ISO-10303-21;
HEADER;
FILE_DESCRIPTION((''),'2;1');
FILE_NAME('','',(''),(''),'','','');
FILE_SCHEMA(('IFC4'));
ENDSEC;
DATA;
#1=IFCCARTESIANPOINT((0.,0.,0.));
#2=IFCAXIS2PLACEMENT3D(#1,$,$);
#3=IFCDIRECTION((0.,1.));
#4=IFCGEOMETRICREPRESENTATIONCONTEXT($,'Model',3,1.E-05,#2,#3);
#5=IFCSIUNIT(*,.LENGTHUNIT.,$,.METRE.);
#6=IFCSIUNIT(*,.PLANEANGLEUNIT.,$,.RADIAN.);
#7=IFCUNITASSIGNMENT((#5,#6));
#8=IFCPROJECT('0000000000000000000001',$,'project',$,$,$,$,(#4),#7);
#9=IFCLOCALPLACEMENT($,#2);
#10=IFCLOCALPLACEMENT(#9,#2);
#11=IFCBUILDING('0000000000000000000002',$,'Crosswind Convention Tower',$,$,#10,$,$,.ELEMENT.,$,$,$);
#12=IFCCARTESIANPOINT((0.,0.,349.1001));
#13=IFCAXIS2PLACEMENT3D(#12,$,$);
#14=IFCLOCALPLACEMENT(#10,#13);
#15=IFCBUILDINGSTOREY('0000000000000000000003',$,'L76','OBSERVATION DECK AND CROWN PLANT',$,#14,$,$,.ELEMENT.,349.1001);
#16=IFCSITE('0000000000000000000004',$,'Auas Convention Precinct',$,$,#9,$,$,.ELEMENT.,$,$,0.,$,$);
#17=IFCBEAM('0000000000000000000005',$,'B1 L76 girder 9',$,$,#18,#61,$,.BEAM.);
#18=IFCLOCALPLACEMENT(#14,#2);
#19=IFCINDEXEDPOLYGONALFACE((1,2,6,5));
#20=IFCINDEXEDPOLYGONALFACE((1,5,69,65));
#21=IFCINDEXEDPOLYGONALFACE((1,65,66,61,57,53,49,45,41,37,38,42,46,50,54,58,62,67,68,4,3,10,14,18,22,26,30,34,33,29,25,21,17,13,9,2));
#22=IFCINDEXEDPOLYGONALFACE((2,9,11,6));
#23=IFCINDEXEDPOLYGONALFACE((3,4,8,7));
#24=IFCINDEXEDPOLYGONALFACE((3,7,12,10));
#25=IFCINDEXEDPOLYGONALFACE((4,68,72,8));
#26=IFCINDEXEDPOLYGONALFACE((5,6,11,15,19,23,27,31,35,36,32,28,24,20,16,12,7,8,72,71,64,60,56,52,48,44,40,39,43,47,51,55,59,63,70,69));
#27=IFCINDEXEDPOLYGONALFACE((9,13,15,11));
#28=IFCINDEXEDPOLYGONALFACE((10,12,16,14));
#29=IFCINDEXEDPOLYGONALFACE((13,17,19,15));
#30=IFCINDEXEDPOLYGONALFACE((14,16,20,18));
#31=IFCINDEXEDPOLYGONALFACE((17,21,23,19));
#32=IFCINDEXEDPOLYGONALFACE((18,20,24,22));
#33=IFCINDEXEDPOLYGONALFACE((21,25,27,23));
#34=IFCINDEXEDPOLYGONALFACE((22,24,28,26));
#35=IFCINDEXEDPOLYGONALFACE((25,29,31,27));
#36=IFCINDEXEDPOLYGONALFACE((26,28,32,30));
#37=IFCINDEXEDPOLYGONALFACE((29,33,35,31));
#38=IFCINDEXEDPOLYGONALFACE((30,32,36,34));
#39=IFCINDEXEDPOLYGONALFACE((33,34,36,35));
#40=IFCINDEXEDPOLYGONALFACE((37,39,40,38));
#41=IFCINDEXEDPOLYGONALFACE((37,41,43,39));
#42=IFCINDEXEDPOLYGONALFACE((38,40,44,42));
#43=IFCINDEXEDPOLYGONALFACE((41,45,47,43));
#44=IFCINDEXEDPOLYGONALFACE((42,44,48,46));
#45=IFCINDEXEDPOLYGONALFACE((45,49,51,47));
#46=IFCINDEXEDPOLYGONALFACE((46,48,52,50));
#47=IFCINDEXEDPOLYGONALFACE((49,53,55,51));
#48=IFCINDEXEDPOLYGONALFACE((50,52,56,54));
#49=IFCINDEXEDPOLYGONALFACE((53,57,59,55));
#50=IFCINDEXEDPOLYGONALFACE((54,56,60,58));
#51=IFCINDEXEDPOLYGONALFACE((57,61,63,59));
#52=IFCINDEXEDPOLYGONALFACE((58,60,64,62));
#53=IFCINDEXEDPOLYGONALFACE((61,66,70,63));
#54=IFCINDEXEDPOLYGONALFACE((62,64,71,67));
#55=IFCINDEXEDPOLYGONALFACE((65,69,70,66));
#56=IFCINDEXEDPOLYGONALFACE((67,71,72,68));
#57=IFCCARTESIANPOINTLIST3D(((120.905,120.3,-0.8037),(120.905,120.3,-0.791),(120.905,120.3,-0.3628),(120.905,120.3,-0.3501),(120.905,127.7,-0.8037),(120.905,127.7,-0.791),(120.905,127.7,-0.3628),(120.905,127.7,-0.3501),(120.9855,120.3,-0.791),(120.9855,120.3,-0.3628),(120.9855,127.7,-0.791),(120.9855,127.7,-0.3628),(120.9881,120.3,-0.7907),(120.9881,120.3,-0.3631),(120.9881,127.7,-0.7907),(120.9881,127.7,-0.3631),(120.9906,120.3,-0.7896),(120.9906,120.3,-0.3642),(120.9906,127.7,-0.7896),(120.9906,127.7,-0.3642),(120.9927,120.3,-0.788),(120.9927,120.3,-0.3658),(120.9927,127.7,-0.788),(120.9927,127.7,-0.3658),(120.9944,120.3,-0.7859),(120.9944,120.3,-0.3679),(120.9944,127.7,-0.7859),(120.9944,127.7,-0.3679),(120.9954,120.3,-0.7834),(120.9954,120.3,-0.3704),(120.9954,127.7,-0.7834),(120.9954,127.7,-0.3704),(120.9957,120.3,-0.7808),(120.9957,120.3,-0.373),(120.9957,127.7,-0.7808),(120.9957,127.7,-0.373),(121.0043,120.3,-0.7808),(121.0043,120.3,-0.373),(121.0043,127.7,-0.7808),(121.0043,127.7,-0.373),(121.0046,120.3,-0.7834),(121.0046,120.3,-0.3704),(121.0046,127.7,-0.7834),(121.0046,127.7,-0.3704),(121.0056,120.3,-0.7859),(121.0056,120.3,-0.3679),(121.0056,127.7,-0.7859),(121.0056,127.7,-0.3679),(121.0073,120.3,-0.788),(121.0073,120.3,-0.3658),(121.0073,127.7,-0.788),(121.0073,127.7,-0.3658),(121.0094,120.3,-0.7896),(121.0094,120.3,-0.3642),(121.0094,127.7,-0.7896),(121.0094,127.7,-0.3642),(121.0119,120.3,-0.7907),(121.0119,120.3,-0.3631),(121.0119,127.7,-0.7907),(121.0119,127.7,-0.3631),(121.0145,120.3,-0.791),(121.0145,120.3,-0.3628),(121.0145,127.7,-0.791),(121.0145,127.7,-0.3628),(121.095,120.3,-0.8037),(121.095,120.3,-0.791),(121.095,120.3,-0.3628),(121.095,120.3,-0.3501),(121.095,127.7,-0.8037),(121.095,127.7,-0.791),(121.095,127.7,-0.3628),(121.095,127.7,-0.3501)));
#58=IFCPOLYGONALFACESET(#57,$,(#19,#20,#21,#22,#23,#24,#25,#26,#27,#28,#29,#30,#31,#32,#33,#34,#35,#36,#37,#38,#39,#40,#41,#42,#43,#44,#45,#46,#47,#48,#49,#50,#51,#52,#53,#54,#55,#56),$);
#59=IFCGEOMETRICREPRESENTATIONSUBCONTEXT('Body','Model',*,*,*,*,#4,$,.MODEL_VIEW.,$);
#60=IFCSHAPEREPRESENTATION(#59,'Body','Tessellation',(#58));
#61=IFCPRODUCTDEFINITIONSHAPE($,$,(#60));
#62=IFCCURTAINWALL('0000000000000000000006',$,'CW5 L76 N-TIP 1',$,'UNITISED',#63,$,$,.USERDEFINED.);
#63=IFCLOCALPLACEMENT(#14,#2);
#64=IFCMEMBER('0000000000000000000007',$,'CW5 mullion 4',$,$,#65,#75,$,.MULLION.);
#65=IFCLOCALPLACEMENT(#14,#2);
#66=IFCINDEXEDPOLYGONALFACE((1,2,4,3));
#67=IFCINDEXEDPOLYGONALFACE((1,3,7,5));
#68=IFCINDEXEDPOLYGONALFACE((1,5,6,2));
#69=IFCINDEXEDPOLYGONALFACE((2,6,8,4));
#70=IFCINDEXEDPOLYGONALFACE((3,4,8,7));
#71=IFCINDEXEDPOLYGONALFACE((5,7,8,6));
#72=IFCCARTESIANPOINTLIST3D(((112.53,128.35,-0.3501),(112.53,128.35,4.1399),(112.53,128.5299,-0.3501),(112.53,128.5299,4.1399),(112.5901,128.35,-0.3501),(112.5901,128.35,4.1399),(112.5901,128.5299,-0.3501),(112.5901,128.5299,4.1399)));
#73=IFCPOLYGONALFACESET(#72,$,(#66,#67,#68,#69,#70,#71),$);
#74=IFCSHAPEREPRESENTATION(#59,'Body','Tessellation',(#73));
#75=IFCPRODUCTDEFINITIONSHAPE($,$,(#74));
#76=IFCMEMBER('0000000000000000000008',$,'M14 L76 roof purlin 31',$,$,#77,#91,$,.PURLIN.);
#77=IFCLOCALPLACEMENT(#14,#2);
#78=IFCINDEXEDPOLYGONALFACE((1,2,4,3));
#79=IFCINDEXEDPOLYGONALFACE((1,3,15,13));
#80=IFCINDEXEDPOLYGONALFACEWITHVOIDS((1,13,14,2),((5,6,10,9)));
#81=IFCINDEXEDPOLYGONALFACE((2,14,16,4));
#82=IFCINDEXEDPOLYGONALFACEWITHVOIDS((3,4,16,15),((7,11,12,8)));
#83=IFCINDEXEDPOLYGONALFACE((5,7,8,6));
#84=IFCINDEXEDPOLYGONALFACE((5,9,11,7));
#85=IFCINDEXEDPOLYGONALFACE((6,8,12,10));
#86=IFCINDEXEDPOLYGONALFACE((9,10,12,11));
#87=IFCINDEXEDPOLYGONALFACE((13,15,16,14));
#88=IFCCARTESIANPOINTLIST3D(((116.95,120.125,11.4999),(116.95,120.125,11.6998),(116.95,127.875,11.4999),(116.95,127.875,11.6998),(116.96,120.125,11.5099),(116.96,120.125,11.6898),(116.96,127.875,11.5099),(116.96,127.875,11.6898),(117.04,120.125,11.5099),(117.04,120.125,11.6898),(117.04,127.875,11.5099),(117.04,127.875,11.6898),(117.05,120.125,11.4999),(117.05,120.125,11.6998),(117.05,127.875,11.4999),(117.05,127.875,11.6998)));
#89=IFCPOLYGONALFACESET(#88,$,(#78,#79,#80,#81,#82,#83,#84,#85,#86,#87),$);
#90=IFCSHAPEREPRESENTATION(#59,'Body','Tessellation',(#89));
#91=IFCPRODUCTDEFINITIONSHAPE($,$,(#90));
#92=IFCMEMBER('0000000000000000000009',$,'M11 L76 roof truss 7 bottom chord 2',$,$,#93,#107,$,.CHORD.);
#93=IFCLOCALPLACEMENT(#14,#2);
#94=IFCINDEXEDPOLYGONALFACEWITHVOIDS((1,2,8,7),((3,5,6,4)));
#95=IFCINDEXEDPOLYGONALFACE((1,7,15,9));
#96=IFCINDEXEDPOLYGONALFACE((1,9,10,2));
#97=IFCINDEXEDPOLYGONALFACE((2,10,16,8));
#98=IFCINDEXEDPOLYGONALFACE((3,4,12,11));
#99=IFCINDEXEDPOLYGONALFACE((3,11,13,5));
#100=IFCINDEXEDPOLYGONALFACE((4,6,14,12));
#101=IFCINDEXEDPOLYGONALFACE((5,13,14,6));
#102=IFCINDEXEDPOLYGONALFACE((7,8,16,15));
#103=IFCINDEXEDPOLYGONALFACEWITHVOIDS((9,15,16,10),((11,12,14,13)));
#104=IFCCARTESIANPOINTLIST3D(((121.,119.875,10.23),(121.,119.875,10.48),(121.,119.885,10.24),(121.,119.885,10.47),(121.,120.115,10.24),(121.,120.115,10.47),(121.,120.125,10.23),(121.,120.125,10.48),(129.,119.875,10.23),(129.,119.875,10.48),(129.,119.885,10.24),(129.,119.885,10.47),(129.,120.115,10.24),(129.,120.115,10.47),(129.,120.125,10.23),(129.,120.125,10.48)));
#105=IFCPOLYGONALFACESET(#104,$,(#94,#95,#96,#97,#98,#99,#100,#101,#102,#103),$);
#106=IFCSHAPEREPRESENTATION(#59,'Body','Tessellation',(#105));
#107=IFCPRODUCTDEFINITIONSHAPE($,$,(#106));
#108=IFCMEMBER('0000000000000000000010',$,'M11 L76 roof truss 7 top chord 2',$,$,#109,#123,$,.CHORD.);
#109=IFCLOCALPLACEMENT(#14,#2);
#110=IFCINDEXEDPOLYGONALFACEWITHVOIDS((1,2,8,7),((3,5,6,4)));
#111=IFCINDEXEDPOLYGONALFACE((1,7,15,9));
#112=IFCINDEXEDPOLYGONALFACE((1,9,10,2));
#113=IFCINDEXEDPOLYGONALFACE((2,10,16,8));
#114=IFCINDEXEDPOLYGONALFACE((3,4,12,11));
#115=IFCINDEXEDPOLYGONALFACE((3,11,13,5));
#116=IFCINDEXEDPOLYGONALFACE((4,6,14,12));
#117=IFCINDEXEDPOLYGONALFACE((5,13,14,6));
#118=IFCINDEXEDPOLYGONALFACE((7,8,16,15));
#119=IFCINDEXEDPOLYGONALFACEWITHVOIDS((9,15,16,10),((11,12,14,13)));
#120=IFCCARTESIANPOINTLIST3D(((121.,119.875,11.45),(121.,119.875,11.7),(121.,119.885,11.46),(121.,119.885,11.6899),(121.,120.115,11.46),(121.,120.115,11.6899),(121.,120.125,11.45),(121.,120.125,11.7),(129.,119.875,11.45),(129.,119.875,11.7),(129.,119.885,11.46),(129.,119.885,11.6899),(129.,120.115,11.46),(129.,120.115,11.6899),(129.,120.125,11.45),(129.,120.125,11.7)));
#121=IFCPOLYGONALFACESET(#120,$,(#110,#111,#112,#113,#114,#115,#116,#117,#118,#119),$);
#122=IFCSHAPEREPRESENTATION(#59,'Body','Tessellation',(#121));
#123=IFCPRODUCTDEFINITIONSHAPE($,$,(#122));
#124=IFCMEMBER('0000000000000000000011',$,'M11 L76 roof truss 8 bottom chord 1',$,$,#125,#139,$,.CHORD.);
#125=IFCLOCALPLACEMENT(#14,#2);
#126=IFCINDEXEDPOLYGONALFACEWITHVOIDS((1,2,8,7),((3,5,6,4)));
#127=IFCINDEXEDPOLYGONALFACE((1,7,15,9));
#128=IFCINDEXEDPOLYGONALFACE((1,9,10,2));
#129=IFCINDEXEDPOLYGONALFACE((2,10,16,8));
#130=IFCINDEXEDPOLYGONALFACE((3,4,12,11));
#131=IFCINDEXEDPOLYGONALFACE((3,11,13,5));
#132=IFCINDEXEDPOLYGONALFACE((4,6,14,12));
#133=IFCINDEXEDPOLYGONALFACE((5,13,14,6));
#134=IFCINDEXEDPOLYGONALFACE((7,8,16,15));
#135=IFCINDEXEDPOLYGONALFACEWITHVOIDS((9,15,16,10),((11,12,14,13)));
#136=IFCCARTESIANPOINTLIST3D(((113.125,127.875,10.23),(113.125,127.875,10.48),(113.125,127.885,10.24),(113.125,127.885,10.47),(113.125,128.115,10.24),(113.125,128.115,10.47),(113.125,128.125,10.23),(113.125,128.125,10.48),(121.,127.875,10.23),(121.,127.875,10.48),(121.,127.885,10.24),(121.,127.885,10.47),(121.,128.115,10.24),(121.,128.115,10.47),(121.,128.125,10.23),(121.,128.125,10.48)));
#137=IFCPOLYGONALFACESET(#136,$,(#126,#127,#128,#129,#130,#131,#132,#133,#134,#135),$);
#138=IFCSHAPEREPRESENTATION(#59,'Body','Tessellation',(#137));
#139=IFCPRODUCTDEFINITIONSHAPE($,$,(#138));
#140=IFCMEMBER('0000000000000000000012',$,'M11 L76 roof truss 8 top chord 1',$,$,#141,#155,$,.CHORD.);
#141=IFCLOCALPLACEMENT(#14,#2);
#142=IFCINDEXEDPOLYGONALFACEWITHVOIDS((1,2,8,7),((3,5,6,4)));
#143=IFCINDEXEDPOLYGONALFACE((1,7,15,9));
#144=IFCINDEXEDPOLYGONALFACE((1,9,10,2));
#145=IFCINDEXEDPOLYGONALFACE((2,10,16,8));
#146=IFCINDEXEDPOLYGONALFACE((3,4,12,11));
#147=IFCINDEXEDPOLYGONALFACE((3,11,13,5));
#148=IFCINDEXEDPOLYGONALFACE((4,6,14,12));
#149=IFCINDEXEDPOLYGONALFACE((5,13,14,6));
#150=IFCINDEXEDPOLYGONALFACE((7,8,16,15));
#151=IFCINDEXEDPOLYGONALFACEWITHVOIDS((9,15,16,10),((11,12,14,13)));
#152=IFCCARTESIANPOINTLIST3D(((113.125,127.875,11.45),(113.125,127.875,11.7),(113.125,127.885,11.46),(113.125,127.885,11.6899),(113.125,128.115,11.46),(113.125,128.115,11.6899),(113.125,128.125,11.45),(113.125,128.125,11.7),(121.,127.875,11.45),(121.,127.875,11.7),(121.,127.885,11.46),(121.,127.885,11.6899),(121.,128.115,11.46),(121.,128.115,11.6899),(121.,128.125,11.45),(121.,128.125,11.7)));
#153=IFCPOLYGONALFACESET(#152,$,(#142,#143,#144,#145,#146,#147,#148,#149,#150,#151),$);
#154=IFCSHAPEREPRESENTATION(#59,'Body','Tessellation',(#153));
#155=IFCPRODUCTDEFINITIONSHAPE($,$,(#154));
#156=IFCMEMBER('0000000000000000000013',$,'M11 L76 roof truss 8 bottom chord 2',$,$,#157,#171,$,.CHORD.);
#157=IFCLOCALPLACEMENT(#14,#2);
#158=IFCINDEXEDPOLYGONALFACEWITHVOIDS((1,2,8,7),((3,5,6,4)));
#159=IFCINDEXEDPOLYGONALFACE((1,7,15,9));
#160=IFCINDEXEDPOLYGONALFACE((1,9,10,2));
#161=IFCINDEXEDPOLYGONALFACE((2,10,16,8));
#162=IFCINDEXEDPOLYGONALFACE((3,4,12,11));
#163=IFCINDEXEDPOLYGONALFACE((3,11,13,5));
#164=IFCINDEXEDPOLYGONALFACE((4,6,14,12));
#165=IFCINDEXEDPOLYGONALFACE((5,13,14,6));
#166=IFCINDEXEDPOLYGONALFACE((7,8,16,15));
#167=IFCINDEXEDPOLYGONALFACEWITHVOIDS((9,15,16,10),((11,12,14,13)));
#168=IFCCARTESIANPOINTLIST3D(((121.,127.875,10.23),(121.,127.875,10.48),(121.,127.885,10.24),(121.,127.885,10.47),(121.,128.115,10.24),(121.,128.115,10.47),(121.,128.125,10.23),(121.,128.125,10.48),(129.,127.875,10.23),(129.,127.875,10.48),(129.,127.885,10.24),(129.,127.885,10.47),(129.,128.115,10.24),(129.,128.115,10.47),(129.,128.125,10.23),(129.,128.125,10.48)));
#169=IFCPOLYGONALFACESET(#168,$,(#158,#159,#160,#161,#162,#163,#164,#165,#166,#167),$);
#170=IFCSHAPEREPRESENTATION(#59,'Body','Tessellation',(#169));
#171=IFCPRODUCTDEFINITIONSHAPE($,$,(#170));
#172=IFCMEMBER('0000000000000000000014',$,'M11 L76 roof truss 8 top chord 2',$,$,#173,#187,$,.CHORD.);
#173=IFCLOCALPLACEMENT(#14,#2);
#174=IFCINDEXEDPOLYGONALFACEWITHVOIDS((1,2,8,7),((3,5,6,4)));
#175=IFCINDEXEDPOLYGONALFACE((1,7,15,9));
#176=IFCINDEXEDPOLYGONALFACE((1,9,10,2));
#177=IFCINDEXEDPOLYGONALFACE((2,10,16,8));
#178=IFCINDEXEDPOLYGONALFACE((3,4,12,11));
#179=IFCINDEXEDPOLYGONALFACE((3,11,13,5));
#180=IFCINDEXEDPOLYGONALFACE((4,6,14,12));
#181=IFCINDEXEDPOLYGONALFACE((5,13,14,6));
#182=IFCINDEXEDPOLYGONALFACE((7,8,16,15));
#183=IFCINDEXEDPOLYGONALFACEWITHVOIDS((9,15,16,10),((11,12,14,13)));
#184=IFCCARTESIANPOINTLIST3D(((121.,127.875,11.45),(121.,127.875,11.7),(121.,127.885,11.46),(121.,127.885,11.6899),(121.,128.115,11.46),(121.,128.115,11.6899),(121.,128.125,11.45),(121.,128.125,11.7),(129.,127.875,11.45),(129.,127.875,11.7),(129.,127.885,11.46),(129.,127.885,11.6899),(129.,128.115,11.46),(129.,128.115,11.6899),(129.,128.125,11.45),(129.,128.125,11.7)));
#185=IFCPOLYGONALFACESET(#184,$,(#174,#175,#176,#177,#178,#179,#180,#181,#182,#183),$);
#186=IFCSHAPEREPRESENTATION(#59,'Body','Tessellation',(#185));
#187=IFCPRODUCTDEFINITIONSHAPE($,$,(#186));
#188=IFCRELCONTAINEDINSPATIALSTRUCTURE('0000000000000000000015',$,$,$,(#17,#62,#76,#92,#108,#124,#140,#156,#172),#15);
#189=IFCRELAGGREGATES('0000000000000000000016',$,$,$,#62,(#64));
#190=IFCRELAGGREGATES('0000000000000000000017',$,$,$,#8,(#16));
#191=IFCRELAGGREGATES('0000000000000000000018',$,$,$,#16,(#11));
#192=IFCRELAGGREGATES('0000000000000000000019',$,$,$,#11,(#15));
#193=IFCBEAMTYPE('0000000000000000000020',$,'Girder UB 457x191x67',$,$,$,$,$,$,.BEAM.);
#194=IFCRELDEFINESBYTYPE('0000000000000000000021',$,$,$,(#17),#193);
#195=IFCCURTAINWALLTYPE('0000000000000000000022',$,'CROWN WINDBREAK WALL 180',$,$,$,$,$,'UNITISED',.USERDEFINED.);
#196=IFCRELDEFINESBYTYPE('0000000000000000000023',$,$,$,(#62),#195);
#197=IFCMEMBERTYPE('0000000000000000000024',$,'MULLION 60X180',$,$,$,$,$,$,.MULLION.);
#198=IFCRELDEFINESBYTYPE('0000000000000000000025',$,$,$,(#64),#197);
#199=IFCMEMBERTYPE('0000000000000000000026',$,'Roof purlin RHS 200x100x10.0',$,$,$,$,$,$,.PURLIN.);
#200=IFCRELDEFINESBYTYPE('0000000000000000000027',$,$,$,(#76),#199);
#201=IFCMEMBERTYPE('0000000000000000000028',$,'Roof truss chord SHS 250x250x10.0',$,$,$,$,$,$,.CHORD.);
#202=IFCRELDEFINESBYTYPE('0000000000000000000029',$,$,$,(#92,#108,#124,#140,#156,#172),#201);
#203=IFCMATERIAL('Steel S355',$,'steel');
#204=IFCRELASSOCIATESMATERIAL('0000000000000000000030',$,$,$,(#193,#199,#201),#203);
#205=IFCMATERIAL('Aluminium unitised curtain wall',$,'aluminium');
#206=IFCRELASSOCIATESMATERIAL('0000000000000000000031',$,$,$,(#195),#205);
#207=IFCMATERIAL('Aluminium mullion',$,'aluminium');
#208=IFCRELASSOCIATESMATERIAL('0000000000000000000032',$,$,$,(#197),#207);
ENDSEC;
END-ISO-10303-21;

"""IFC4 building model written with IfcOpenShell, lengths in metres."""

from ifc_helpers import new_model, si_unit, direction, frame, origin, origin_2d, place, context, subcontext, project, spatial, rectangle, hollow_rectangle, i_section, extrude, material, material_profile, profile_set, type_object, element, aggregate, save


model = new_model("IFC4")

# Units and contexts
model_context = context("Model", 3, precision=1e-05, world=origin(), true_north=direction((0.0, 1.0)))
body_context = subcontext(model_context, "Body", "Model", "MODEL_VIEW")
ifc_project = project(units=[si_unit("LENGTHUNIT", "METRE"), si_unit("PLANEANGLEUNIT", "RADIAN")], contexts=[model_context])

# Site, building, storey
site_placement = place(None, origin())
site = spatial("IfcSite", under=ifc_project, at=site_placement, Name="Auas Convention Precinct", CompositionType="ELEMENT", RefElevation=0.0)
building_placement = place(site_placement, origin())
building = spatial("IfcBuilding", under=site, at=building_placement, Name="Crosswind Convention Tower", CompositionType="ELEMENT")
storey_placement = place(building_placement, frame((0.0, 0.0, 349.1001)))
storey = spatial("IfcBuildingStorey", under=building, at=storey_placement, Name="L76", Description="OBSERVATION DECK AND CROWN PLANT", CompositionType="ELEMENT", Elevation=349.1001)

# Beam
ifc_material_1 = material(Name="Steel S355", Category="steel")
ifc_material_profile_1 = material_profile(ifc_material_1, i_section(OverallWidth=0.1899, OverallDepth=0.4536, WebThickness=0.0085, FlangeThickness=0.0127, FilletRadius=0.0103, at=origin_2d()), Name="UB 457x191x67")
ifc_profile_set_1 = profile_set([ifc_material_profile_1], Name="Steel S355")
beam_type_1 = type_object("IfcBeamType", Name="Girder UB 457x191x67", PredefinedType="BEAM", material=ifc_profile_set_1)
for number, where, z_axis, x_axis, name in (
    (1, (121.0, 120.3, -0.5769), (0.0, 1.0, 0.0), (-1.0, 0.0, 0.0), "B1 L76 girder 9"),
):
    element("IfcBeam", number, at=place(storey_placement, frame(where, z_axis=z_axis, x_axis=x_axis)), inside=storey, type_object=beam_type_1, Name=name, PredefinedType="BEAM", context=body_context, shape_type="SweptSolid", body=[
        extrude(i_section(OverallWidth=0.1899, OverallDepth=0.4536, WebThickness=0.0085, FlangeThickness=0.0127, FilletRadius=0.0103, at=origin_2d()), origin(), (0.0, 0.0, 1.0), 7.3999),
    ])

# Curtain wall, member
ifc_material_2 = material(Name="Aluminium unitised curtain wall", Category="aluminium")
curtain_wall_type = type_object("IfcCurtainWallType", Name="CROWN WINDBREAK WALL 180", ElementType="UNITISED", PredefinedType="USERDEFINED", material=ifc_material_2)
curtain_wall_1_placement = place(storey_placement, origin())
curtain_wall_1 = element("IfcCurtainWall", 2, at=curtain_wall_1_placement, inside=storey, type_object=curtain_wall_type, Name="CW5 L76 N-TIP 1", ObjectType="UNITISED", PredefinedType="USERDEFINED")
ifc_material_3 = material(Name="Aluminium mullion", Category="aluminium")
ifc_material_profile_2 = material_profile(ifc_material_3, rectangle(XDim=0.1799, YDim=0.0601, at=origin_2d()), Name="AL 180X60")
ifc_profile_set_2 = profile_set([ifc_material_profile_2], Name="Aluminium mullion")
member_type_1 = type_object("IfcMemberType", Name="MULLION 60X180", PredefinedType="MULLION", material=ifc_profile_set_2)
member_1_placement = place(storey_placement, frame((112.5601, 128.4399, -0.3501), z_axis=(0.0, 0.0, 1.0), x_axis=(0.0, 1.0, 0.0)))
member_1 = element("IfcMember", 3, at=member_1_placement, type_object=member_type_1, Name="CW5 mullion 4", PredefinedType="MULLION", context=body_context, shape_type="SweptSolid", body=[
    extrude(rectangle(XDim=0.1799, YDim=0.0601, at=origin_2d()), origin(), (0.0, 0.0, 1.0), 4.49),
])

# Members
ifc_material_profile_3 = material_profile(ifc_material_1, hollow_rectangle(XDim=0.1001, YDim=0.2, WallThickness=0.01, at=origin_2d()), Name="RHS 200x100x10.0")
ifc_profile_set_3 = profile_set([ifc_material_profile_3], Name="Steel S355")
member_type_2 = type_object("IfcMemberType", Name="Roof purlin RHS 200x100x10.0", PredefinedType="PURLIN", material=ifc_profile_set_3)
member_2_placement = place(storey_placement, frame((117.0, 120.125, 11.5999), z_axis=(0.0, 1.0, 0.0), x_axis=(-1.0, 0.0, 0.0)))
element("IfcMember", 4, at=member_2_placement, inside=storey, type_object=member_type_2, Name="M14 L76 roof purlin 31", PredefinedType="PURLIN", context=body_context, shape_type="SweptSolid", body=[
    extrude(hollow_rectangle(XDim=0.1001, YDim=0.2, WallThickness=0.01, at=origin_2d()), origin(), (0.0, 0.0, 1.0), 7.75),
])
ifc_material_profile_4 = material_profile(ifc_material_1, hollow_rectangle(XDim=0.25, YDim=0.25, WallThickness=0.01, at=origin_2d()), Name="SHS 250x250x10.0")
ifc_profile_set_4 = profile_set([ifc_material_profile_4], Name="Steel S355")
member_type_3 = type_object("IfcMemberType", Name="Roof truss chord SHS 250x250x10.0", PredefinedType="CHORD", material=ifc_profile_set_4)
for number, where, z_axis, x_axis, name in (
    (5, (121.0, 120.0, 10.355), (1.0, 0.0, 0.0), (0.0, 1.0, 0.0), "M11 L76 roof truss 7 bottom chord 2"),
    (6, (121.0, 120.0, 11.575), (1.0, 0.0, 0.0), (0.0, 1.0, 0.0), "M11 L76 roof truss 7 top chord 2"),
):
    element("IfcMember", number, at=place(storey_placement, frame(where, z_axis=z_axis, x_axis=x_axis)), inside=storey, type_object=member_type_3, Name=name, PredefinedType="CHORD", context=body_context, shape_type="SweptSolid", body=[
        extrude(hollow_rectangle(XDim=0.25, YDim=0.25, WallThickness=0.01, at=origin_2d()), origin(), (0.0, 0.0, 1.0), 8.0),
    ])
for number, where, z_axis, x_axis, name in (
    (7, (113.125, 128.0, 10.355), (1.0, 0.0, 0.0), (0.0, 1.0, 0.0), "M11 L76 roof truss 8 bottom chord 1"),
    (8, (113.125, 128.0, 11.575), (1.0, 0.0, 0.0), (0.0, 1.0, 0.0), "M11 L76 roof truss 8 top chord 1"),
):
    element("IfcMember", number, at=place(storey_placement, frame(where, z_axis=z_axis, x_axis=x_axis)), inside=storey, type_object=member_type_3, Name=name, PredefinedType="CHORD", context=body_context, shape_type="SweptSolid", body=[
        extrude(hollow_rectangle(XDim=0.25, YDim=0.25, WallThickness=0.01, at=origin_2d()), origin(), (0.0, 0.0, 1.0), 7.875),
    ])
for number, where, z_axis, x_axis, name in (
    (9, (121.0, 128.0, 10.355), (1.0, 0.0, 0.0), (0.0, 1.0, 0.0), "M11 L76 roof truss 8 bottom chord 2"),
    (10, (121.0, 128.0, 11.575), (1.0, 0.0, 0.0), (0.0, 1.0, 0.0), "M11 L76 roof truss 8 top chord 2"),
):
    element("IfcMember", number, at=place(storey_placement, frame(where, z_axis=z_axis, x_axis=x_axis)), inside=storey, type_object=member_type_3, Name=name, PredefinedType="CHORD", context=body_context, shape_type="SweptSolid", body=[
        extrude(hollow_rectangle(XDim=0.25, YDim=0.25, WallThickness=0.01, at=origin_2d()), origin(), (0.0, 0.0, 1.0), 8.0),
    ])

aggregate(curtain_wall_1, [member_1])

save(model, "model.ifc")
